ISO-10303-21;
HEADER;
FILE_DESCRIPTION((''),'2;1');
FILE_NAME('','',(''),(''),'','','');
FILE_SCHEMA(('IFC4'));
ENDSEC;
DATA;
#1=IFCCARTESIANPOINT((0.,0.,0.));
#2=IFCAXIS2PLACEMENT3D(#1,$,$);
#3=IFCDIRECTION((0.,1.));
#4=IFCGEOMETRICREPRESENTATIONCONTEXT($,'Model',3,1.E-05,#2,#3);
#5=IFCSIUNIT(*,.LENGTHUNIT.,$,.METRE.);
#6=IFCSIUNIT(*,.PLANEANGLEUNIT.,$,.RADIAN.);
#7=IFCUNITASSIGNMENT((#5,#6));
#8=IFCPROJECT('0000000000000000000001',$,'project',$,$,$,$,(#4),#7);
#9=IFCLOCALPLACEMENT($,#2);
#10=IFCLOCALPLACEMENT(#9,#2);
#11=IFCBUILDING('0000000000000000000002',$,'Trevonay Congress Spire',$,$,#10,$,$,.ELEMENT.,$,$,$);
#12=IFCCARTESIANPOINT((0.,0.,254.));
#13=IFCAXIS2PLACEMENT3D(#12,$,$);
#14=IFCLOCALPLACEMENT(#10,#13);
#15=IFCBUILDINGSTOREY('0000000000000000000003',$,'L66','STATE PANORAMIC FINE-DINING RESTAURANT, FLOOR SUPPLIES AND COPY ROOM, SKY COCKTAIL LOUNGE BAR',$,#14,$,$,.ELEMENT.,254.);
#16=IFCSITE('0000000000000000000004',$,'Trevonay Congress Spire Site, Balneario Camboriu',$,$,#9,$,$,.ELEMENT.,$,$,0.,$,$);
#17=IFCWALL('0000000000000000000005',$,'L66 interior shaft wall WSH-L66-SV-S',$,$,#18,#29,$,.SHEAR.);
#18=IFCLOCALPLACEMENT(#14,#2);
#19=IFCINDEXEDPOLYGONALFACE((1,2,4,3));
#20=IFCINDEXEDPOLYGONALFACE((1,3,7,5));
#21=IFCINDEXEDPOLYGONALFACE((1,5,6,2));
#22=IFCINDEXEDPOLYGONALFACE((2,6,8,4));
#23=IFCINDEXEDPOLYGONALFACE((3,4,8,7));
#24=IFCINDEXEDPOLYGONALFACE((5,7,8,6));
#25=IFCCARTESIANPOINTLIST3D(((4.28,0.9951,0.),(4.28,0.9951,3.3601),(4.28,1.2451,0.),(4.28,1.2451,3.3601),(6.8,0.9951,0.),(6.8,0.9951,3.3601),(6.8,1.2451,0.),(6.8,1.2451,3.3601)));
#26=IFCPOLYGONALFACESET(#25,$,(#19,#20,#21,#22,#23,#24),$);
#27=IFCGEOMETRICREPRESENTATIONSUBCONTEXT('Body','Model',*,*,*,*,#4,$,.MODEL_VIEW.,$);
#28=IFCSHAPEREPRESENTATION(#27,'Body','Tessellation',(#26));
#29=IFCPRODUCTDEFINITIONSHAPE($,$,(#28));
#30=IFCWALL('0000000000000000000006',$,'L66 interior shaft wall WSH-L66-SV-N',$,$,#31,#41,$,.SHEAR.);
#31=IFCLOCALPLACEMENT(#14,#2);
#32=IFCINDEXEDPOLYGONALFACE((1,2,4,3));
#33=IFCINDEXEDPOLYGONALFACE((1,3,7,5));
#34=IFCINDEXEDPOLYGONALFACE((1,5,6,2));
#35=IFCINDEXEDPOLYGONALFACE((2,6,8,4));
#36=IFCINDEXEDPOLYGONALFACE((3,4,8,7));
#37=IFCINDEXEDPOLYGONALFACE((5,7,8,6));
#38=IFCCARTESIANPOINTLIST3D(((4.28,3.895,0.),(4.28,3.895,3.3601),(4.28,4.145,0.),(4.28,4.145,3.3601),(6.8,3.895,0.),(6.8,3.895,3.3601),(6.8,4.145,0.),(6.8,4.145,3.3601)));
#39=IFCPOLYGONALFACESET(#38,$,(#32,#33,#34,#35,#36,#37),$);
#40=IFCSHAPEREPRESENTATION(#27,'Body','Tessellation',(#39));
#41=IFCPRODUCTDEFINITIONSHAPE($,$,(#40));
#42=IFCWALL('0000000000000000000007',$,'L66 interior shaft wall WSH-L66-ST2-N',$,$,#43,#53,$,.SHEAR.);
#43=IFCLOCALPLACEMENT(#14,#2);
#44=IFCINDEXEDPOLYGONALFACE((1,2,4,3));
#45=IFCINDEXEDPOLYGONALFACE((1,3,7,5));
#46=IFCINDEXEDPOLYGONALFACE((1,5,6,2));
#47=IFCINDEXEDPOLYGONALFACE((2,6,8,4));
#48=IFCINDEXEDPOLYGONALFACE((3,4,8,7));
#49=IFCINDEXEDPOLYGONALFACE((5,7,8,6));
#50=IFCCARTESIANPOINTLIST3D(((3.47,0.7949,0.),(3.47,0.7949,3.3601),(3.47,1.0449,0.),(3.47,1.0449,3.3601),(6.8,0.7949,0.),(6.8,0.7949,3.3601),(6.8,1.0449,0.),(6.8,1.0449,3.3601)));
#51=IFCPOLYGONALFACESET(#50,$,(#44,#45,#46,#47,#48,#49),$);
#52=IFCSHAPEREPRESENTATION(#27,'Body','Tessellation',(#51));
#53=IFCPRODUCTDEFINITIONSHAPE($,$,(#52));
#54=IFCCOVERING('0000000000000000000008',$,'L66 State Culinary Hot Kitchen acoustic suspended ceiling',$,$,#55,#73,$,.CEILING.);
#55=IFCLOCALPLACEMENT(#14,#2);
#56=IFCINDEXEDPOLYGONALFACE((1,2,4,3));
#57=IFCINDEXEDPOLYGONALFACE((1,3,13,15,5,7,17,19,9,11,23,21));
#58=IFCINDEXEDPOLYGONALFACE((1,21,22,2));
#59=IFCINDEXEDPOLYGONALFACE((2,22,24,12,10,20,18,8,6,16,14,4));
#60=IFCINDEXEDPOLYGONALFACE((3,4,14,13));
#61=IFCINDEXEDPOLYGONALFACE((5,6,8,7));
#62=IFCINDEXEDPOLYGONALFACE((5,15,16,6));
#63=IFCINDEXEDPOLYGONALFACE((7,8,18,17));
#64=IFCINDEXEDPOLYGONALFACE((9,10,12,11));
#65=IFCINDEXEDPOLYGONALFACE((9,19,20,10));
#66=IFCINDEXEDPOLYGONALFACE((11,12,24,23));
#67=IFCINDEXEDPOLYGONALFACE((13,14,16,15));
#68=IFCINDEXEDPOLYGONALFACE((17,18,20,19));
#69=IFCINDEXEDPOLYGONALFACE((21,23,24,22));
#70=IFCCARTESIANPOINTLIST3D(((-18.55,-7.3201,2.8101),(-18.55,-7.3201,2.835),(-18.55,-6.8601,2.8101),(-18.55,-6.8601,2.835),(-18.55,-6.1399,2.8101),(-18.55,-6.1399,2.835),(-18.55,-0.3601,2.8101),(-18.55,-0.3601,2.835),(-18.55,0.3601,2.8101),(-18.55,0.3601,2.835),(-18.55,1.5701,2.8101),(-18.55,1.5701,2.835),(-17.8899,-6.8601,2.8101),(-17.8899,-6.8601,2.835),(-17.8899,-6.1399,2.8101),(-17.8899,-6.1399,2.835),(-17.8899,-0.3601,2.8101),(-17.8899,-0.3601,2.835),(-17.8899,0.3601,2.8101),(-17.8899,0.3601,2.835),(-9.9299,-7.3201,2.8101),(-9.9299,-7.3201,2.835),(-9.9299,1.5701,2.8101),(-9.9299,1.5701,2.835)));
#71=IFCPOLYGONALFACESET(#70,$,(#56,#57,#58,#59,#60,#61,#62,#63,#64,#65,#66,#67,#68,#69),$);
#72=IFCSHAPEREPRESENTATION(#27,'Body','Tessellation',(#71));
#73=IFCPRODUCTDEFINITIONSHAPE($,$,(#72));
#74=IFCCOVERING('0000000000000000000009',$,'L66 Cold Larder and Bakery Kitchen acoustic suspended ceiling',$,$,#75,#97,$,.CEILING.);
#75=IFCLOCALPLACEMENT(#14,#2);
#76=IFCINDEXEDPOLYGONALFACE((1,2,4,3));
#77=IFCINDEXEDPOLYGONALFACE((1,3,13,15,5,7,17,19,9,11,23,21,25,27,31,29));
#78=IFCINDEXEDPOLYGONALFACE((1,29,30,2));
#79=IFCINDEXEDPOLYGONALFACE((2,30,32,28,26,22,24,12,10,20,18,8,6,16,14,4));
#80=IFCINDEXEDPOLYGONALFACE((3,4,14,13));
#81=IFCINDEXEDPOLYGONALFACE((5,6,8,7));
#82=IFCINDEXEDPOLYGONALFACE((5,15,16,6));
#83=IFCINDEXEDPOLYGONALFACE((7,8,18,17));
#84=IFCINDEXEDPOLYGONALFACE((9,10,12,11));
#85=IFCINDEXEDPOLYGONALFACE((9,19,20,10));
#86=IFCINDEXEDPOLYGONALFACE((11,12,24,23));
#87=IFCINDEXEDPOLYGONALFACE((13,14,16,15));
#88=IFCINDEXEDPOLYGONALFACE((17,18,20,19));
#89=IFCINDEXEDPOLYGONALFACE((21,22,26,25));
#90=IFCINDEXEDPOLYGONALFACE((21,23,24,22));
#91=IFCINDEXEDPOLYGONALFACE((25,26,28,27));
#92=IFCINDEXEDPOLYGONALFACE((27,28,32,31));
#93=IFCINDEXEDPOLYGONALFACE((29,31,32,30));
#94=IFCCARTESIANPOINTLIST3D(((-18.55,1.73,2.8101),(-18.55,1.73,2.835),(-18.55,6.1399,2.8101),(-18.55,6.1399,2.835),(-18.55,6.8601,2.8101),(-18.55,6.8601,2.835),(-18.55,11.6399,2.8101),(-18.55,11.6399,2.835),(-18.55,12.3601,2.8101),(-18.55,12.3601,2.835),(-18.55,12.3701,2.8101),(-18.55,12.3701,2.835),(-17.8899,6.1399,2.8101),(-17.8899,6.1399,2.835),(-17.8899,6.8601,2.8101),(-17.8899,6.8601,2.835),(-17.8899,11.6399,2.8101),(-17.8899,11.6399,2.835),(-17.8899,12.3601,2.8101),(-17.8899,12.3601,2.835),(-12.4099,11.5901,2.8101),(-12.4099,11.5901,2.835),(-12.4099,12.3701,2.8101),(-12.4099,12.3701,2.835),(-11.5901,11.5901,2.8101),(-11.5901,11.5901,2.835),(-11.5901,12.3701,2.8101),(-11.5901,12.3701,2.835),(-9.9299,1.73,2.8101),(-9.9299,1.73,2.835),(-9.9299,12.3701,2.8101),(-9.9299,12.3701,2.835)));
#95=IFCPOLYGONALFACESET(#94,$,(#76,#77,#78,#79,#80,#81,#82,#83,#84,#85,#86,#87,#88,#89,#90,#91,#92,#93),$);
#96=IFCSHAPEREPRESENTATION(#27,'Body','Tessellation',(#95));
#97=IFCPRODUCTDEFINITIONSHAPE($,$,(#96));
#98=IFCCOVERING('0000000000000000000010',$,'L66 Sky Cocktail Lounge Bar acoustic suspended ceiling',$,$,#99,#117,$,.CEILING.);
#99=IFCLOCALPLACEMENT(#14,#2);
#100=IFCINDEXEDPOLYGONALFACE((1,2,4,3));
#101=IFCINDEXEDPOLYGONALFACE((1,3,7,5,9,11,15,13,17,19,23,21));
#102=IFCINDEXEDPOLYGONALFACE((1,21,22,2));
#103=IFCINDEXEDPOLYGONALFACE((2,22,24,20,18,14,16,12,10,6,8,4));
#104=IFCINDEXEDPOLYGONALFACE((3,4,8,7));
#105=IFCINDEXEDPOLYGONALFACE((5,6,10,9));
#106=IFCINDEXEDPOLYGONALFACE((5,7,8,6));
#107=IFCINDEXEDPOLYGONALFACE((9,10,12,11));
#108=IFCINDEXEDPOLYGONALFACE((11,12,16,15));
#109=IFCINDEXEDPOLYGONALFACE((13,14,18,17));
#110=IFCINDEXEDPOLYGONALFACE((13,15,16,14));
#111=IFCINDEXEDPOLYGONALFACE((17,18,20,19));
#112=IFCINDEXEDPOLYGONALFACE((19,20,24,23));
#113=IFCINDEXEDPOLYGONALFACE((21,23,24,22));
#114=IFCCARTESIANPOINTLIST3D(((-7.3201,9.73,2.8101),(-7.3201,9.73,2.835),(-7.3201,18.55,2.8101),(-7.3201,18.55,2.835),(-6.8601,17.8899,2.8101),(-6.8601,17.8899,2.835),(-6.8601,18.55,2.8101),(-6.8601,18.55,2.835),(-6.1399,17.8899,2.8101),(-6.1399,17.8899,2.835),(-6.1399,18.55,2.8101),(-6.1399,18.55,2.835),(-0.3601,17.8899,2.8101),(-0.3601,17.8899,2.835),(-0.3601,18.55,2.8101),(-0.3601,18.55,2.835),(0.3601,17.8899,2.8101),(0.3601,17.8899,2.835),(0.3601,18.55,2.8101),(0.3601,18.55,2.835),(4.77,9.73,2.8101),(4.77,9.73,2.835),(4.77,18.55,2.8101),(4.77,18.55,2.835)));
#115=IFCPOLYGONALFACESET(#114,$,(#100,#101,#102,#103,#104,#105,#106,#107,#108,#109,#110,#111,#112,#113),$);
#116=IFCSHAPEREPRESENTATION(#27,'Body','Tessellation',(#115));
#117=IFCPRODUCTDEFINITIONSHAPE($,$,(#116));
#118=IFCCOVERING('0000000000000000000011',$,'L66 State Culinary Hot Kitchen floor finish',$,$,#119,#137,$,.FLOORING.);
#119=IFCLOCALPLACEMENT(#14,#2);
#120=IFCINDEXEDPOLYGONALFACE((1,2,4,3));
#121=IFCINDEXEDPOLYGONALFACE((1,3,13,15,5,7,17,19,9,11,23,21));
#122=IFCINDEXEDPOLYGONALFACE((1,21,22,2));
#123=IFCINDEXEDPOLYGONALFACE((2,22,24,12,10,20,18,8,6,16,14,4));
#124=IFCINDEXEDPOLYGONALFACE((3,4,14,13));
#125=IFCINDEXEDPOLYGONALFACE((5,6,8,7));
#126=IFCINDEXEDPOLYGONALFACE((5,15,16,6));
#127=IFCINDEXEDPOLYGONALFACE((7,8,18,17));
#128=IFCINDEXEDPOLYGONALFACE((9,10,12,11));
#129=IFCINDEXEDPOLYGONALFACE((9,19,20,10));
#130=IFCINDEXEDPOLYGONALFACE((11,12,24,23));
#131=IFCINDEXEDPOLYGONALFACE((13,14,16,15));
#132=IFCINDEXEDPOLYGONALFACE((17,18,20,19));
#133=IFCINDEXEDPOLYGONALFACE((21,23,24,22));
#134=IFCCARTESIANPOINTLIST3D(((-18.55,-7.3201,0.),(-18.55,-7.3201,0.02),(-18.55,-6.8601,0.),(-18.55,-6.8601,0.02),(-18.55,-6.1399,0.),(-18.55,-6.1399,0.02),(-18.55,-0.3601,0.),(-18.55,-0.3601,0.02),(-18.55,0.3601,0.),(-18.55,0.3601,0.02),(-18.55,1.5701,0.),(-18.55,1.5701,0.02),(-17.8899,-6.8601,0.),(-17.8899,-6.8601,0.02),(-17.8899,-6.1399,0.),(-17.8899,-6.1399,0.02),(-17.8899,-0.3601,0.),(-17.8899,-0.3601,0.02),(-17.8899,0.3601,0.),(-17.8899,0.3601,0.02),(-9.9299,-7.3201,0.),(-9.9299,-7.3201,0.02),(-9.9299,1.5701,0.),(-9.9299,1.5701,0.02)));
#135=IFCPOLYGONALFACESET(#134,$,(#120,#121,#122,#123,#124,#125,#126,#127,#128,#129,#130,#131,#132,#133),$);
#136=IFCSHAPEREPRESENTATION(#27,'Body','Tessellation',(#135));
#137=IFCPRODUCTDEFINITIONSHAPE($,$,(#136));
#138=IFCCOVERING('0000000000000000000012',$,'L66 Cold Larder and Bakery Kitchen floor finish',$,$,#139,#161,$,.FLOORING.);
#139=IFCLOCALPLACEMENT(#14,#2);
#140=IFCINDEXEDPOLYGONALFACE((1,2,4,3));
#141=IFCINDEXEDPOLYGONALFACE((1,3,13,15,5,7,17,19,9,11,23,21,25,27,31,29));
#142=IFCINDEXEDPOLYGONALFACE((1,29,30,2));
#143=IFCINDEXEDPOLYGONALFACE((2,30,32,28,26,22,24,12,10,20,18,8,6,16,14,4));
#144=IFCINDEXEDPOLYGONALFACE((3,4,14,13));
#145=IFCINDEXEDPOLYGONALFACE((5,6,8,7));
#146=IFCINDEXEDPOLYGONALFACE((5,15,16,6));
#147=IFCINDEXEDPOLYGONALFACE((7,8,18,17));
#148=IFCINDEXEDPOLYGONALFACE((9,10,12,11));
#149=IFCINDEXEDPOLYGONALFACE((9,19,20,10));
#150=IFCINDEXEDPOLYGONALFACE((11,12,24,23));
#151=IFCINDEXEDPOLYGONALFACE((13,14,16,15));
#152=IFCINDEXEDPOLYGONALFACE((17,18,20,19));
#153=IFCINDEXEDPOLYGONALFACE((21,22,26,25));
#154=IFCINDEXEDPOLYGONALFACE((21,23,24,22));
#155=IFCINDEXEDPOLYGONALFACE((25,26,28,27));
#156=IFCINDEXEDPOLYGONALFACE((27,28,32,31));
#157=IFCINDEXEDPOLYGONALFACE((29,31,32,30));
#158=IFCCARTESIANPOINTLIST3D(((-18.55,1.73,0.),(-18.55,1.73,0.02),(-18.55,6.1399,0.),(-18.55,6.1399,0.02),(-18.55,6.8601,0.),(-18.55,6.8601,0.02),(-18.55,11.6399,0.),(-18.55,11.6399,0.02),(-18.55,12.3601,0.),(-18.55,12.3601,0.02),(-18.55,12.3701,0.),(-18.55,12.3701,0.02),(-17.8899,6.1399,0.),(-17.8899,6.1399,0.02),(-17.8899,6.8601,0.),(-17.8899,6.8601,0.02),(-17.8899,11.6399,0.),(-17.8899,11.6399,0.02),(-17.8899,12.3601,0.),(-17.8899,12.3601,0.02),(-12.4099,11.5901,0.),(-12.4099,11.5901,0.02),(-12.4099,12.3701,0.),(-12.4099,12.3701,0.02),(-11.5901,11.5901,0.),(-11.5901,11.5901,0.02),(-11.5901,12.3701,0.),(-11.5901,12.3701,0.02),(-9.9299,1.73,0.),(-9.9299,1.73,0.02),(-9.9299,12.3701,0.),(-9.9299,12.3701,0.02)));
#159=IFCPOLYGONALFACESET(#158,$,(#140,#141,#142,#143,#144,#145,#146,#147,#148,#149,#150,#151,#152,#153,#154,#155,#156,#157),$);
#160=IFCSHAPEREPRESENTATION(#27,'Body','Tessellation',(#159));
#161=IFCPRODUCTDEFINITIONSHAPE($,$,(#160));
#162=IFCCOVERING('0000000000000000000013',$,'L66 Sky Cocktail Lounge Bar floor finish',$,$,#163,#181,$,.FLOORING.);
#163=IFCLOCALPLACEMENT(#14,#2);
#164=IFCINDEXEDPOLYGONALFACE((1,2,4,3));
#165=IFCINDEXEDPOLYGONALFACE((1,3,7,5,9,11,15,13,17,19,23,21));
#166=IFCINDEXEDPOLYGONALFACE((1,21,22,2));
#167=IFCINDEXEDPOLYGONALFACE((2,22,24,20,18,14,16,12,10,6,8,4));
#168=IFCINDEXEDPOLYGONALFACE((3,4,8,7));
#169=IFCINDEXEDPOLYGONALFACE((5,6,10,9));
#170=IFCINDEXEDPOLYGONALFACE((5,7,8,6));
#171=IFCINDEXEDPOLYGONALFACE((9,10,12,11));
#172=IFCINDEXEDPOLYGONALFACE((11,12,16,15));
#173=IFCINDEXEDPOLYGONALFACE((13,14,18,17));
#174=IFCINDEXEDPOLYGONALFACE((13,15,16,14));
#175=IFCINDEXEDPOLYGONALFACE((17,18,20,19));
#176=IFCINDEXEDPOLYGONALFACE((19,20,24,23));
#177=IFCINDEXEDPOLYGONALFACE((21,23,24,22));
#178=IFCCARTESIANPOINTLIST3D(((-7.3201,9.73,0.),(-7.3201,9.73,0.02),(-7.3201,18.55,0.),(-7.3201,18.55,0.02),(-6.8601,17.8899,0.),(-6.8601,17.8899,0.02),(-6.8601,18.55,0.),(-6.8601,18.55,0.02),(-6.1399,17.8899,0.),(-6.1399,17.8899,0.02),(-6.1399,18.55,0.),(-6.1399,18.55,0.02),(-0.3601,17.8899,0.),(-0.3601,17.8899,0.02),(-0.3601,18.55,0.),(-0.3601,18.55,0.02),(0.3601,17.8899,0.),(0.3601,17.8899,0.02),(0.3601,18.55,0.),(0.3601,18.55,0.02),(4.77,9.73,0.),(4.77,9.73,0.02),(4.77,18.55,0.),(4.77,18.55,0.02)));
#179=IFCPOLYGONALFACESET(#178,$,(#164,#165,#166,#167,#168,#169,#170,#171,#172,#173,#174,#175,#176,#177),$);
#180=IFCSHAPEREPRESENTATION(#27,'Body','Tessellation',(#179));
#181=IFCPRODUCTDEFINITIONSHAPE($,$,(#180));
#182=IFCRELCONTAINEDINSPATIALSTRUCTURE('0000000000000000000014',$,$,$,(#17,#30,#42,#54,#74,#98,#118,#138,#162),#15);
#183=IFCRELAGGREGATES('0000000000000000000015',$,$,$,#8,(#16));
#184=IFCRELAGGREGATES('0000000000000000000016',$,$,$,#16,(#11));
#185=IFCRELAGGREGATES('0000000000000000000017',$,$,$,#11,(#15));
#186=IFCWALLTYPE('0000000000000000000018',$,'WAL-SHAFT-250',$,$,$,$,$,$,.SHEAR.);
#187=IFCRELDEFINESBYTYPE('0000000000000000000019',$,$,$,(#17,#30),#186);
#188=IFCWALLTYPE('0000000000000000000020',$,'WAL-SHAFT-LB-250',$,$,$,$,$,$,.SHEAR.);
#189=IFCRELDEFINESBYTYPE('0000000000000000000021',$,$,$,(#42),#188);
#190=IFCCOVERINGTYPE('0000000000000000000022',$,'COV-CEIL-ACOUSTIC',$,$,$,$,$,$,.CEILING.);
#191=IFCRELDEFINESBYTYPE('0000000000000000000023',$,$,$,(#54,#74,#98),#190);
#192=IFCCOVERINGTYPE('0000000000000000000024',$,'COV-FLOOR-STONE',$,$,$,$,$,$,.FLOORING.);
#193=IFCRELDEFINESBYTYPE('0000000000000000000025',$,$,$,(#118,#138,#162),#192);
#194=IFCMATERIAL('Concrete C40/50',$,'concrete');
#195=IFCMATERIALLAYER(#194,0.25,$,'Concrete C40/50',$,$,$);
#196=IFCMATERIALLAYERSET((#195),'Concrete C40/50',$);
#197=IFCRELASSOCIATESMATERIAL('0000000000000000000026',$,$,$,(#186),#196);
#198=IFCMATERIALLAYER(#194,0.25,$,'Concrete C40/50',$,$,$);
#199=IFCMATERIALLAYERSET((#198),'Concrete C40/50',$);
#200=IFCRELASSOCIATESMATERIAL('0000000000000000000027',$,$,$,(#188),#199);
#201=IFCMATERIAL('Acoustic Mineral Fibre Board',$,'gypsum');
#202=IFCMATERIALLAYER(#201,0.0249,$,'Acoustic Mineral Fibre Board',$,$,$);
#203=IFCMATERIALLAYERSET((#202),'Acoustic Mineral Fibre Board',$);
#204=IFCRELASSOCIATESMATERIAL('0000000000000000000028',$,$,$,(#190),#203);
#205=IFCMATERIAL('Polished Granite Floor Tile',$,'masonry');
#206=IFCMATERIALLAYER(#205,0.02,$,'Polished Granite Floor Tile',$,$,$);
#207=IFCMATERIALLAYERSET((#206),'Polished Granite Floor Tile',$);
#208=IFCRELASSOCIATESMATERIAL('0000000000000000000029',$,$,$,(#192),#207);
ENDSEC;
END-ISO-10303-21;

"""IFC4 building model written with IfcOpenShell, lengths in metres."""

from ifc_helpers import new_model, si_unit, direction, frame, frame_2d, origin, place, context, subcontext, project, spatial, polyline, rectangle, outline, extrude, material, layer, layer_set, type_object, element, save


model = new_model("IFC4")

# Units and contexts
model_context = context("Model", 3, precision=1e-05, world=origin(), true_north=direction((0.0, 1.0)))
body_context = subcontext(model_context, "Body", "Model", "MODEL_VIEW")
ifc_project = project(units=[si_unit("LENGTHUNIT", "METRE"), si_unit("PLANEANGLEUNIT", "RADIAN")], contexts=[model_context])

# Site, building, storey
site_placement = place(None, origin())
site = spatial("IfcSite", under=ifc_project, at=site_placement, Name="Trevonay Congress Spire Site, Balneario Camboriu", CompositionType="ELEMENT", RefElevation=0.0)
building_placement = place(site_placement, origin())
building = spatial("IfcBuilding", under=site, at=building_placement, Name="Trevonay Congress Spire", CompositionType="ELEMENT")
storey_placement = place(building_placement, frame((0.0, 0.0, 254.0)))
storey = spatial("IfcBuildingStorey", under=building, at=storey_placement, Name="L66", Description="STATE PANORAMIC FINE-DINING RESTAURANT, FLOOR SUPPLIES AND COPY ROOM, SKY COCKTAIL LOUNGE BAR", CompositionType="ELEMENT", Elevation=254.0)

# Shared definitions
ifc_material_1 = material(Name="Concrete C40/50", Category="concrete")
ifc_layer_1 = layer(ifc_material_1, 0.25, Name="Concrete C40/50")
ifc_layer_set_1 = layer_set([ifc_layer_1], Name="Concrete C40/50")
wall_type_1 = type_object("IfcWallType", Name="WAL-SHAFT-250", PredefinedType="SHEAR", material=ifc_layer_set_1)

# Walls
for number, where, z_axis, x_axis, name in (
    (1, (4.28, 1.1201, 0.0), (0.0, 0.0, 1.0), (1.0, 0.0, 0.0), "L66 interior shaft wall WSH-L66-SV-S"),
    (2, (4.28, 4.02, 0.0), (0.0, 0.0, 1.0), (1.0, 0.0, 0.0), "L66 interior shaft wall WSH-L66-SV-N"),
):
    element("IfcWall", number, at=place(storey_placement, frame(where, z_axis=z_axis, x_axis=x_axis)), inside=storey, type_object=wall_type_1, Name=name, PredefinedType="SHEAR", context=body_context, shape_type="SweptSolid", body=[
        extrude(rectangle(XDim=2.52, YDim=0.25, at=frame_2d((1.26, 0.0))), origin(), (0.0, 0.0, 1.0), 3.3601),
    ])
ifc_layer_2 = layer(ifc_material_1, 0.25, Name="Concrete C40/50")
ifc_layer_set_2 = layer_set([ifc_layer_2], Name="Concrete C40/50")
wall_type_2 = type_object("IfcWallType", Name="WAL-SHAFT-LB-250", PredefinedType="SHEAR", material=ifc_layer_set_2)
wall_1_placement = place(storey_placement, frame((3.47, 0.9199, 0.0), z_axis=(0.0, 0.0, 1.0), x_axis=(1.0, 0.0, 0.0)))
element("IfcWall", 3, at=wall_1_placement, inside=storey, type_object=wall_type_2, Name="L66 interior shaft wall WSH-L66-ST2-N", PredefinedType="SHEAR", context=body_context, shape_type="SweptSolid", body=[
    extrude(rectangle(XDim=3.3301, YDim=0.25, at=frame_2d((1.665, 0.0))), origin(), (0.0, 0.0, 1.0), 3.3601),
])

# Coverings
ifc_material_2 = material(Name="Acoustic Mineral Fibre Board", Category="gypsum")
ifc_layer_3 = layer(ifc_material_2, 0.0249, Name="Acoustic Mineral Fibre Board")
ifc_layer_set_3 = layer_set([ifc_layer_3], Name="Acoustic Mineral Fibre Board")
covering_type_1 = type_object("IfcCoveringType", Name="COV-CEIL-ACOUSTIC", PredefinedType="CEILING", material=ifc_layer_set_3)
covering_1_placement = place(storey_placement, frame((0.0, 0.0, 2.8101)))
element("IfcCovering", 4, at=covering_1_placement, inside=storey, type_object=covering_type_1, Name="L66 State Culinary Hot Kitchen acoustic suspended ceiling", PredefinedType="CEILING", context=body_context, shape_type="SweptSolid", body=[
    extrude(outline(polyline([(-18.55, 1.5701), (-9.9299, 1.5701), (-9.9299, -7.3201), (-18.55, -7.3201), (-18.55, -6.8601), (-17.8899, -6.8601), (-17.8899, -6.1399), (-18.55, -6.1399), (-18.55, -0.3601), (-17.8899, -0.3601), (-17.8899, 0.3601), (-18.55, 0.3601), (-18.55, 1.5701)])), origin(), (0.0, 0.0, 1.0), 0.0249),
])
covering_2_placement = place(storey_placement, frame((0.0, 0.0, 2.8101)))
element("IfcCovering", 5, at=covering_2_placement, inside=storey, type_object=covering_type_1, Name="L66 Cold Larder and Bakery Kitchen acoustic suspended ceiling", PredefinedType="CEILING", context=body_context, shape_type="SweptSolid", body=[
    extrude(outline(polyline([(-9.9299, 12.3701), (-9.9299, 1.73), (-18.55, 1.73), (-18.55, 6.1399), (-17.8899, 6.1399), (-17.8899, 6.8601), (-18.55, 6.8601), (-18.55, 11.6399), (-17.8899, 11.6399), (-17.8899, 12.3601), (-18.55, 12.3601), (-18.55, 12.3701), (-12.4099, 12.3701), (-12.4099, 11.5901), (-11.5901, 11.5901), (-11.5901, 12.3701), (-9.9299, 12.3701)])), origin(), (0.0, 0.0, 1.0), 0.0249),
])
covering_3_placement = place(storey_placement, frame((0.0, 0.0, 2.8101)))
element("IfcCovering", 6, at=covering_3_placement, inside=storey, type_object=covering_type_1, Name="L66 Sky Cocktail Lounge Bar acoustic suspended ceiling", PredefinedType="CEILING", context=body_context, shape_type="SweptSolid", body=[
    extrude(outline(polyline([(4.77, 18.55), (4.77, 9.73), (-7.3201, 9.73), (-7.3201, 18.55), (-6.8601, 18.55), (-6.8601, 17.8899), (-6.1399, 17.8899), (-6.1399, 18.55), (-0.3601, 18.55), (-0.3601, 17.8899), (0.3601, 17.8899), (0.3601, 18.55), (4.77, 18.55)])), origin(), (0.0, 0.0, 1.0), 0.0249),
])
ifc_material_3 = material(Name="Polished Granite Floor Tile", Category="masonry")
ifc_layer_4 = layer(ifc_material_3, 0.02, Name="Polished Granite Floor Tile")
ifc_layer_set_4 = layer_set([ifc_layer_4], Name="Polished Granite Floor Tile")
covering_type_2 = type_object("IfcCoveringType", Name="COV-FLOOR-STONE", PredefinedType="FLOORING", material=ifc_layer_set_4)
covering_4_placement = place(storey_placement, origin())
element("IfcCovering", 7, at=covering_4_placement, inside=storey, type_object=covering_type_2, Name="L66 State Culinary Hot Kitchen floor finish", PredefinedType="FLOORING", context=body_context, shape_type="SweptSolid", body=[
    extrude(outline(polyline([(-18.55, 1.5701), (-9.9299, 1.5701), (-9.9299, -7.3201), (-18.55, -7.3201), (-18.55, -6.8601), (-17.8899, -6.8601), (-17.8899, -6.1399), (-18.55, -6.1399), (-18.55, -0.3601), (-17.8899, -0.3601), (-17.8899, 0.3601), (-18.55, 0.3601), (-18.55, 1.5701)])), origin(), (0.0, 0.0, 1.0), 0.02),
])
covering_5_placement = place(storey_placement, origin())
element("IfcCovering", 8, at=covering_5_placement, inside=storey, type_object=covering_type_2, Name="L66 Cold Larder and Bakery Kitchen floor finish", PredefinedType="FLOORING", context=body_context, shape_type="SweptSolid", body=[
    extrude(outline(polyline([(-9.9299, 12.3701), (-9.9299, 1.73), (-18.55, 1.73), (-18.55, 6.1399), (-17.8899, 6.1399), (-17.8899, 6.8601), (-18.55, 6.8601), (-18.55, 11.6399), (-17.8899, 11.6399), (-17.8899, 12.3601), (-18.55, 12.3601), (-18.55, 12.3701), (-12.4099, 12.3701), (-12.4099, 11.5901), (-11.5901, 11.5901), (-11.5901, 12.3701), (-9.9299, 12.3701)])), origin(), (0.0, 0.0, 1.0), 0.02),
])
covering_6_placement = place(storey_placement, origin())
element("IfcCovering", 9, at=covering_6_placement, inside=storey, type_object=covering_type_2, Name="L66 Sky Cocktail Lounge Bar floor finish", PredefinedType="FLOORING", context=body_context, shape_type="SweptSolid", body=[
    extrude(outline(polyline([(4.77, 18.55), (4.77, 9.73), (-7.3201, 9.73), (-7.3201, 18.55), (-6.8601, 18.55), (-6.8601, 17.8899), (-6.1399, 17.8899), (-6.1399, 18.55), (-0.3601, 18.55), (-0.3601, 17.8899), (0.3601, 17.8899), (0.3601, 18.55), (4.77, 18.55)])), origin(), (0.0, 0.0, 1.0), 0.02),
])

save(model, "model.ifc")
